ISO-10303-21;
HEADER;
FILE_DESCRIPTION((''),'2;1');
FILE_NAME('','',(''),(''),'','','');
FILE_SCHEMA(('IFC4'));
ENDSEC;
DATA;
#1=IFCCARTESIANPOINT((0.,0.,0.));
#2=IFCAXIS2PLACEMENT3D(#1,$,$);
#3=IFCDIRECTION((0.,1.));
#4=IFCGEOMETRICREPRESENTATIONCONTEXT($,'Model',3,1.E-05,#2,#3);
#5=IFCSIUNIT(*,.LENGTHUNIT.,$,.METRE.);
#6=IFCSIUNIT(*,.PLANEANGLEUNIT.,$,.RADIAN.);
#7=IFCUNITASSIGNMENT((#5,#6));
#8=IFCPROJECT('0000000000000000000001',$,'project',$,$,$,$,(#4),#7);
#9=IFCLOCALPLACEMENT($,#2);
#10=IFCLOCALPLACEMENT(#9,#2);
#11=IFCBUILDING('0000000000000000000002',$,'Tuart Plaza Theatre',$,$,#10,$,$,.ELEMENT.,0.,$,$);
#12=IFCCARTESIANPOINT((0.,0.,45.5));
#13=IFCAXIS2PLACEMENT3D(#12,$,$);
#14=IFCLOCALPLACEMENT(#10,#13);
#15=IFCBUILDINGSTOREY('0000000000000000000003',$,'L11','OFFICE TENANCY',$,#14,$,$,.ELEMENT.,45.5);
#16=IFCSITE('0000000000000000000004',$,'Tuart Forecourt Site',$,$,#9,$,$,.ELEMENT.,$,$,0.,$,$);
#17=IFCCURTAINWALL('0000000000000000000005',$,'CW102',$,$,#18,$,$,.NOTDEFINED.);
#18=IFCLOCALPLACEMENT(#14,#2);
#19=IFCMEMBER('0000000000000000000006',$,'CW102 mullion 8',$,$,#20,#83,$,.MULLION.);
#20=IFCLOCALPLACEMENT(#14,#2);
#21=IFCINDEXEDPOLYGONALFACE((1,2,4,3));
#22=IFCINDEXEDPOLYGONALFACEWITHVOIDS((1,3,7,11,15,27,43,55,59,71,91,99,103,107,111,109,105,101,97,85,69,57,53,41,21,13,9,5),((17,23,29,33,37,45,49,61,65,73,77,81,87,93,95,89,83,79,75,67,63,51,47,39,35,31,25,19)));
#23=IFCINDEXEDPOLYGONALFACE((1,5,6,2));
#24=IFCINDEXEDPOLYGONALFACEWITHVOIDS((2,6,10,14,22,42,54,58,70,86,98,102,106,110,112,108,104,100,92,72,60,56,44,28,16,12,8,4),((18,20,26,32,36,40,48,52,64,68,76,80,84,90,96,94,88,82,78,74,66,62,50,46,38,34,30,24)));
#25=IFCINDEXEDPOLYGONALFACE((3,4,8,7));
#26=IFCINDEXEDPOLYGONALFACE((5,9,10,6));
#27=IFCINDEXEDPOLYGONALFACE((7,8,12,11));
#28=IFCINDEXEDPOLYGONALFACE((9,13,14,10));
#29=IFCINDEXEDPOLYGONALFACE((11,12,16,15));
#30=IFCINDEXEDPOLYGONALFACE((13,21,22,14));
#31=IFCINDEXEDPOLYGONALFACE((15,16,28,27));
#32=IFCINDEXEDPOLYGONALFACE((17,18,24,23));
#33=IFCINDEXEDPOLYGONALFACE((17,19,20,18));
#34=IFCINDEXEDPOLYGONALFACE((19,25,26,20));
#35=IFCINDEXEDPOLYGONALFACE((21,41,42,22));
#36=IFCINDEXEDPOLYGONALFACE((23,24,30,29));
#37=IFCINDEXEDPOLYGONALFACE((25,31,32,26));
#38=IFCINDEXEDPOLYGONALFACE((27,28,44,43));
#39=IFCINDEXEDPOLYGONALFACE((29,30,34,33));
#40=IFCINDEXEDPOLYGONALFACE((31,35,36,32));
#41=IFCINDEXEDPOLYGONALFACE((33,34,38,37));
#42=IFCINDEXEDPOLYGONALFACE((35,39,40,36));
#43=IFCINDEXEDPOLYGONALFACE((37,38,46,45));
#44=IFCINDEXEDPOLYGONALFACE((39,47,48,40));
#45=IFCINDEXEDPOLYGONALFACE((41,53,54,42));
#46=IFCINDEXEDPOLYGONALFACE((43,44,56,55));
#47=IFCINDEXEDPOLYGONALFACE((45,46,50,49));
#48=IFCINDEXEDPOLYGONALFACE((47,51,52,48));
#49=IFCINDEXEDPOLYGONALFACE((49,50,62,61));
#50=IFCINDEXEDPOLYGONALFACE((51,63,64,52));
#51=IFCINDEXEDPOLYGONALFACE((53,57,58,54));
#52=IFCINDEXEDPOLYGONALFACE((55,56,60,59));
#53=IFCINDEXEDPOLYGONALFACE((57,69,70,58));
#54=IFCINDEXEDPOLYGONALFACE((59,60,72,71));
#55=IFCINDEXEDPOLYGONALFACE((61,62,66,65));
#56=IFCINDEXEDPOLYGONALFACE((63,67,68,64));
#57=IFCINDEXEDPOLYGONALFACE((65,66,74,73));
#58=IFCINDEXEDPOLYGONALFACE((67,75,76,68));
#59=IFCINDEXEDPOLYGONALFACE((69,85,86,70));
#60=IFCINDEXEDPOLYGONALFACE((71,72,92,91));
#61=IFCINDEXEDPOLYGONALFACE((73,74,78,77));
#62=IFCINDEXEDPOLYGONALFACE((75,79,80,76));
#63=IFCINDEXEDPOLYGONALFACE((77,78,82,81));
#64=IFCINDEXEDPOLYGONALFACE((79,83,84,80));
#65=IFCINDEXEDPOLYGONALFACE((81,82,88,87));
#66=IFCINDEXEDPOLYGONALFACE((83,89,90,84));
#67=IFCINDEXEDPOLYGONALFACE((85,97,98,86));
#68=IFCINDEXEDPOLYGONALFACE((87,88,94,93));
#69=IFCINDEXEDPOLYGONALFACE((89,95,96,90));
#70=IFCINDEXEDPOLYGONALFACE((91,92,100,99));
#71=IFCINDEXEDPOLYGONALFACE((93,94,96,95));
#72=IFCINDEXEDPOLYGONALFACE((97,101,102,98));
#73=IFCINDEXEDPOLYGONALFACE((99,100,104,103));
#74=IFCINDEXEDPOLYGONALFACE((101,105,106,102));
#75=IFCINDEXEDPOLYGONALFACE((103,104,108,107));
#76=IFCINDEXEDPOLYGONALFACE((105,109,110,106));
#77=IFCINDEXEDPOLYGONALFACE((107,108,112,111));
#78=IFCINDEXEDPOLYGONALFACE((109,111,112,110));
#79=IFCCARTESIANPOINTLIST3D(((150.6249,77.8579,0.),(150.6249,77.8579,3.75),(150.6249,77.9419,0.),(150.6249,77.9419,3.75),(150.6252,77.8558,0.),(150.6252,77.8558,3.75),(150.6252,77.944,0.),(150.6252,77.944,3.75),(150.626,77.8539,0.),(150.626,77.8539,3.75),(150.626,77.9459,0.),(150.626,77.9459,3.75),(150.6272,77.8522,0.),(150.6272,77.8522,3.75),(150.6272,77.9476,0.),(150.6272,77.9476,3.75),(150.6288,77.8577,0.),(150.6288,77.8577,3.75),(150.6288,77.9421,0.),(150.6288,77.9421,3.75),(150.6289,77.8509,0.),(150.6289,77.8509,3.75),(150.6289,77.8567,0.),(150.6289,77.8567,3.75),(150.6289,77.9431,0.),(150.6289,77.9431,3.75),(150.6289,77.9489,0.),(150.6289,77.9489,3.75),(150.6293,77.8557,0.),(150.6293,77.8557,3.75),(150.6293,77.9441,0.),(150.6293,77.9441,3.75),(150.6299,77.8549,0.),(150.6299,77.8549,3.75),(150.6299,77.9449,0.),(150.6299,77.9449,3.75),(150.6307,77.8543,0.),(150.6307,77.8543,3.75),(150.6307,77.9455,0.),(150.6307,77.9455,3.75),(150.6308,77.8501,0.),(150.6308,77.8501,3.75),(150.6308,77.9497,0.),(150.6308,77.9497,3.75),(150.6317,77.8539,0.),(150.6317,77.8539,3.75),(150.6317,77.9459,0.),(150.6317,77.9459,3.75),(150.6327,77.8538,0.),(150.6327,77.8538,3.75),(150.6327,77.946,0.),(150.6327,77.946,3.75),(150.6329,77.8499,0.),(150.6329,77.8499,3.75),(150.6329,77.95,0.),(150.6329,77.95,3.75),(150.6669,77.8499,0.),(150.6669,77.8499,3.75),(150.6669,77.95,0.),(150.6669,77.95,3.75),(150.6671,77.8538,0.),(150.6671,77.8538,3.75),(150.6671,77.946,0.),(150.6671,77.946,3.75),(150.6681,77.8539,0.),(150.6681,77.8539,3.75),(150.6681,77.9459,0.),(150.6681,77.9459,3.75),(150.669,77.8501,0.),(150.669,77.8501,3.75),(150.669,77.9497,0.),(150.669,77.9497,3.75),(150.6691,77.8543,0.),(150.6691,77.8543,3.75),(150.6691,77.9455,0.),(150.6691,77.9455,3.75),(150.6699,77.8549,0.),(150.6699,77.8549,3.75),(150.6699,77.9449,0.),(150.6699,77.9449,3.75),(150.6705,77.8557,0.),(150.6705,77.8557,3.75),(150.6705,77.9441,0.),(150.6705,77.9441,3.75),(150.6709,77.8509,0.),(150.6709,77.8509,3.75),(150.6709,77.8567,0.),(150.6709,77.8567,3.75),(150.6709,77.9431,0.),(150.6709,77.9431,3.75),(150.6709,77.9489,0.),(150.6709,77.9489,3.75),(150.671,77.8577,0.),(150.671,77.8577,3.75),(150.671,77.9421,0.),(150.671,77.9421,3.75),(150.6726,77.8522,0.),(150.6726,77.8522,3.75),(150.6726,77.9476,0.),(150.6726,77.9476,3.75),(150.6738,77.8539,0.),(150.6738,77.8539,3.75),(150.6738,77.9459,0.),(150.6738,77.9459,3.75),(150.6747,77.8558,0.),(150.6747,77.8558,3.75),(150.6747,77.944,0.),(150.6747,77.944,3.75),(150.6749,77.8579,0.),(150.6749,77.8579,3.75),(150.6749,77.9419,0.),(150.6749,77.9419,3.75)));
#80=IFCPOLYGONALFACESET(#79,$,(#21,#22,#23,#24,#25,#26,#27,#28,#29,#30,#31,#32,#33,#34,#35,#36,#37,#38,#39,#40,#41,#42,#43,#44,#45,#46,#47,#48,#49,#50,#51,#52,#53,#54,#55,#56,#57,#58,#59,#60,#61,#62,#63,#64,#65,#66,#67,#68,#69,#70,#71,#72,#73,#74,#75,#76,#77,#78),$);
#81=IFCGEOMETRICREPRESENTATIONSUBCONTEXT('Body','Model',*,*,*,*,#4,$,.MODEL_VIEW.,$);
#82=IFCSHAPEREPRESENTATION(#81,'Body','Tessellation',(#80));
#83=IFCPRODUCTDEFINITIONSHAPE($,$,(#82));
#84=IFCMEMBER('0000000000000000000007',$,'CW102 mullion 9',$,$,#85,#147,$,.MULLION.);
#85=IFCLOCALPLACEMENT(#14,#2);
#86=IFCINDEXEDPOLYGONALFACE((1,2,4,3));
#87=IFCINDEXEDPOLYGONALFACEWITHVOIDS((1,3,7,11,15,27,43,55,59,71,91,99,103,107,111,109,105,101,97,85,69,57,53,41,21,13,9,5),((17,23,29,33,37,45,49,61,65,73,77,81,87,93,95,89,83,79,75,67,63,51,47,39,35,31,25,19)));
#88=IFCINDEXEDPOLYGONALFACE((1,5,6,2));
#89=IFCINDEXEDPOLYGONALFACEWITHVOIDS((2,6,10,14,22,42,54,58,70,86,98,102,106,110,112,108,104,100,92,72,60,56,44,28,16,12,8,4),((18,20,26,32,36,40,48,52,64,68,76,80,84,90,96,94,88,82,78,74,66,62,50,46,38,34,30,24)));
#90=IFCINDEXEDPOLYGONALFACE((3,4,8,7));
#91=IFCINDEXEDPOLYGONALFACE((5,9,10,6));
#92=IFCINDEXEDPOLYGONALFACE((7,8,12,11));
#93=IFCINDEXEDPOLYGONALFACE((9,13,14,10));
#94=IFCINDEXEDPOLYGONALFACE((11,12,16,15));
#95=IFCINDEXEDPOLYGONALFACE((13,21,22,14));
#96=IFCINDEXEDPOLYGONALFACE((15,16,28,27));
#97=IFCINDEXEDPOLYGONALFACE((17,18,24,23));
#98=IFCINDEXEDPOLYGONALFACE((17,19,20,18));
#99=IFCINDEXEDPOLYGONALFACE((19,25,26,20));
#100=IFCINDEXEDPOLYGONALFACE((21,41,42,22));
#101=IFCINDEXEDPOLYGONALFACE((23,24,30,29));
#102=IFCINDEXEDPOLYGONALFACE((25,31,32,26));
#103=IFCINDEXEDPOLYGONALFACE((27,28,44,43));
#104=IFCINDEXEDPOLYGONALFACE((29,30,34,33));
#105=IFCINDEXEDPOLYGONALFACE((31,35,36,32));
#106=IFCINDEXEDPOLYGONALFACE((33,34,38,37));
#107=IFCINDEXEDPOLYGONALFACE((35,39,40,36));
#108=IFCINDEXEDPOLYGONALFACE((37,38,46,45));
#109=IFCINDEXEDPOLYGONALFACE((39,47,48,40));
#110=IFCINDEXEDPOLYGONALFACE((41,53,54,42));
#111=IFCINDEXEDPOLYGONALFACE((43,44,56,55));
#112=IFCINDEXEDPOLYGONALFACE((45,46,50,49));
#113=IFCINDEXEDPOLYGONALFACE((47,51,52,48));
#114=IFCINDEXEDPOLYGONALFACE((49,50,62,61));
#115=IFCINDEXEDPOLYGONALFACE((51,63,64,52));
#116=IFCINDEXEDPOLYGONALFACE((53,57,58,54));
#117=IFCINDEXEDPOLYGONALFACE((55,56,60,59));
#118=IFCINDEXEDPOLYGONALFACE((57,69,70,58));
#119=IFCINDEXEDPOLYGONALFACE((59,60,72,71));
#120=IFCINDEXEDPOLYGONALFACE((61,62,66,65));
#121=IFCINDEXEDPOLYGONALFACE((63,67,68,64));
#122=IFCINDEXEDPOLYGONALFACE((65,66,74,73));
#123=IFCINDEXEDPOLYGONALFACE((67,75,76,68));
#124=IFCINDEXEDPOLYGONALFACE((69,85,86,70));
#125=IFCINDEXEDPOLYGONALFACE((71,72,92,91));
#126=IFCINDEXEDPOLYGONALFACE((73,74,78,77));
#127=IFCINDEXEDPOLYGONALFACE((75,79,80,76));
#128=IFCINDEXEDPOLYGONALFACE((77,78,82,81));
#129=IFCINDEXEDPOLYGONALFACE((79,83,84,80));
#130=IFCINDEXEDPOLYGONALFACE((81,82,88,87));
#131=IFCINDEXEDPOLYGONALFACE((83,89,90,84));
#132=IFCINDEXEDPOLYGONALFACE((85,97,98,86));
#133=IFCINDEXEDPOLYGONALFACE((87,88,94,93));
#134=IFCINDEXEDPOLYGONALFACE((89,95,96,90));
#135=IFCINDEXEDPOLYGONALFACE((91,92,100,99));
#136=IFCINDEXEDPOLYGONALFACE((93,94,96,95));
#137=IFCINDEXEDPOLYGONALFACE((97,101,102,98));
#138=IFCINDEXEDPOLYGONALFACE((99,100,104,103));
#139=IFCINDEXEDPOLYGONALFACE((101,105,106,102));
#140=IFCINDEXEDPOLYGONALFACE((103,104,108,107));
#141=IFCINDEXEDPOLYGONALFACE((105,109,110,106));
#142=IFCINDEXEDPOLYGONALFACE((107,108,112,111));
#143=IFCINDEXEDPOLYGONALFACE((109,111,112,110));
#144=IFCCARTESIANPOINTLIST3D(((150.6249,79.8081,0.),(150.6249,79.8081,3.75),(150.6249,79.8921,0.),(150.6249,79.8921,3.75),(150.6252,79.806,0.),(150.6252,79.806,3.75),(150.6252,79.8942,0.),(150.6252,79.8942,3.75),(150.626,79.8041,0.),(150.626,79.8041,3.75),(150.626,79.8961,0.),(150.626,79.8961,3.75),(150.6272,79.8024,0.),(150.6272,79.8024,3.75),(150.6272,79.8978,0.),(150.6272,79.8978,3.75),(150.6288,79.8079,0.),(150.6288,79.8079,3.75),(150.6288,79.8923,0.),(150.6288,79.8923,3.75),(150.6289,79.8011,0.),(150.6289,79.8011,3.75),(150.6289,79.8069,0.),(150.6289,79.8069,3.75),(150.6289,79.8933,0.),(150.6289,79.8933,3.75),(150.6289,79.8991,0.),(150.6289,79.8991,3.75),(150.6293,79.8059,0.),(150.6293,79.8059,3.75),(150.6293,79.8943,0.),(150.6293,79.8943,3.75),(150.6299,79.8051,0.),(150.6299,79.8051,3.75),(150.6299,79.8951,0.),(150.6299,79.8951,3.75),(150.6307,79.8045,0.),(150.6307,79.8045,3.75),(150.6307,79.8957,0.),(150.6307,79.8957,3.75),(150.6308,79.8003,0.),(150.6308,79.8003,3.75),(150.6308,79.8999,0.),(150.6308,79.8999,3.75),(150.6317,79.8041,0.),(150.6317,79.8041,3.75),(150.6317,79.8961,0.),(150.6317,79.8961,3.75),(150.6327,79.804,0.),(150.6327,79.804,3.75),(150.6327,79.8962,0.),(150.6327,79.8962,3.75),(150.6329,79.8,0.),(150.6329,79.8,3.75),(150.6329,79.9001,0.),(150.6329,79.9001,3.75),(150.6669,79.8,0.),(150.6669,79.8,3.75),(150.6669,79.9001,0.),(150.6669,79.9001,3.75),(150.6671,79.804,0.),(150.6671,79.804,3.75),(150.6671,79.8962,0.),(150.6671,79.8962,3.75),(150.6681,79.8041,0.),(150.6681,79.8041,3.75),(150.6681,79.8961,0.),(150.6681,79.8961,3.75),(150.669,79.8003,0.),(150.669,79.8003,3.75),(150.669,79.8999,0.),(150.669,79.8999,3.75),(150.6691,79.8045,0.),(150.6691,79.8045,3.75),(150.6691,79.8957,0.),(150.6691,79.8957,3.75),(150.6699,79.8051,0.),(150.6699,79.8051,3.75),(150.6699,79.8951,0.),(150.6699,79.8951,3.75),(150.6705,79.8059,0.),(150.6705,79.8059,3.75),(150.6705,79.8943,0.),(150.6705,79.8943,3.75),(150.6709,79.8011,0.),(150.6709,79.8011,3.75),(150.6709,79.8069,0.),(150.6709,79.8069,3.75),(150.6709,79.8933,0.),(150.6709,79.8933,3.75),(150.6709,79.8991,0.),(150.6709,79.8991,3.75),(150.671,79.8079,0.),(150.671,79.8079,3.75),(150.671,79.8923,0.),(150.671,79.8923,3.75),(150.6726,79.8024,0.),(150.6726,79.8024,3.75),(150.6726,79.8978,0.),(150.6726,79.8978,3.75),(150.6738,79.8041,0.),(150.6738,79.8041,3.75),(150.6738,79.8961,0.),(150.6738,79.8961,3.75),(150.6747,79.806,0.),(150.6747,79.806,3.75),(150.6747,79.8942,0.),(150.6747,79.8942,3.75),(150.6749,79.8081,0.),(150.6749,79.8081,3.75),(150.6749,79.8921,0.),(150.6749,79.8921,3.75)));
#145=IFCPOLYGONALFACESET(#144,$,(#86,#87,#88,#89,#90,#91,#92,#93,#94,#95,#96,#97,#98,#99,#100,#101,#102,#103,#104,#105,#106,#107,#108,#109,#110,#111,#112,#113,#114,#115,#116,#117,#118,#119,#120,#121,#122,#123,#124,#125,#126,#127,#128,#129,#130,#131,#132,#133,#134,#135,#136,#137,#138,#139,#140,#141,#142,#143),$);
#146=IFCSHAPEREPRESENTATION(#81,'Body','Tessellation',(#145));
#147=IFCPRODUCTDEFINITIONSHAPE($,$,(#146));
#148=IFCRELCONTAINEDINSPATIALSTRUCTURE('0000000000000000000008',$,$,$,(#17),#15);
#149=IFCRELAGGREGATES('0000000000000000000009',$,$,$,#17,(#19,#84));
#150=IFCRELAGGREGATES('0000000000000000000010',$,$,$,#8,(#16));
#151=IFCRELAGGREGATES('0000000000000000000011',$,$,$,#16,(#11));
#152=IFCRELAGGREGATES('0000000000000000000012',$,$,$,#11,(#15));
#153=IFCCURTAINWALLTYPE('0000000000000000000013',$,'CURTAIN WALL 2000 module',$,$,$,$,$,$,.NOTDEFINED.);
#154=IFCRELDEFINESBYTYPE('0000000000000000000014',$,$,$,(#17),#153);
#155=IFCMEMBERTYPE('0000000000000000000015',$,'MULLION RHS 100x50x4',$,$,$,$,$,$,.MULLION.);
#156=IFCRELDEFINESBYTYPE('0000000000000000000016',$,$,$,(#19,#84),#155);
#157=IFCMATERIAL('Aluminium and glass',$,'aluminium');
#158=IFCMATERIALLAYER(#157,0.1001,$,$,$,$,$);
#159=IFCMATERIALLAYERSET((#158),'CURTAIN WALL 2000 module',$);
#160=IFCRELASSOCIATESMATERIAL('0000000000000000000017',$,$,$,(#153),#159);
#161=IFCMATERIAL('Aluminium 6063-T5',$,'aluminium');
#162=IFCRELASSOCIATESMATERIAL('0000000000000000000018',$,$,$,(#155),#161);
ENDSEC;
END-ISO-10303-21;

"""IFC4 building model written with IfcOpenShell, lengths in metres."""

from ifc_helpers import new_model, si_unit, direction, frame, origin, origin_2d, place, context, subcontext, project, spatial, hollow_rectangle, extrude, material, layer, layer_set, material_profile, profile_set, type_object, element, aggregate, save


model = new_model("IFC4")

# Units and contexts
model_context = context("Model", 3, precision=1e-05, world=origin(), true_north=direction((0.0, 1.0)))
body_context = subcontext(model_context, "Body", "Model", "MODEL_VIEW")
ifc_project = project(units=[si_unit("LENGTHUNIT", "METRE"), si_unit("PLANEANGLEUNIT", "RADIAN")], contexts=[model_context])

# Site, building, storey
site_placement = place(None, origin())
site = spatial("IfcSite", under=ifc_project, at=site_placement, Name="Tuart Forecourt Site", CompositionType="ELEMENT", RefElevation=0.0)
building_placement = place(site_placement, origin())
building = spatial("IfcBuilding", under=site, at=building_placement, Name="Tuart Plaza Theatre", CompositionType="ELEMENT", ElevationOfRefHeight=0.0)
storey_placement = place(building_placement, frame((0.0, 0.0, 45.5)))
storey = spatial("IfcBuildingStorey", under=building, at=storey_placement, Name="L11", Description="OFFICE TENANCY", CompositionType="ELEMENT", Elevation=45.5)

# Curtain wall, members
ifc_material_1 = material(Name="Aluminium and glass", Category="aluminium")
ifc_layer_1 = layer(ifc_material_1, 0.1001)
ifc_layer_set_1 = layer_set([ifc_layer_1], Name="CURTAIN WALL 2000 module")
curtain_wall_type = type_object("IfcCurtainWallType", Name="CURTAIN WALL 2000 module", PredefinedType="NOTDEFINED", material=ifc_layer_set_1)
curtain_wall_placement = place(storey_placement, origin())
curtain_wall = element("IfcCurtainWall", 1, at=curtain_wall_placement, inside=storey, type_object=curtain_wall_type, Name="CW102", PredefinedType="NOTDEFINED")
ifc_material_2 = material(Name="Aluminium 6063-T5", Category="aluminium")
ifc_material_profile_1 = material_profile(ifc_material_2, hollow_rectangle(XDim=0.05, YDim=0.1001, WallThickness=0.0039, InnerFilletRadius=0.0039, OuterFilletRadius=0.0081, at=origin_2d()), Name="RHS 100x50x4")
ifc_profile_set_1 = profile_set([ifc_material_profile_1], Name="Aluminium 6063-T5")
member_type_1 = type_object("IfcMemberType", Name="MULLION RHS 100x50x4", PredefinedType="MULLION", material=ifc_profile_set_1)
member_1_placement = place(storey_placement, frame((150.6499, 77.8999, 0.0), z_axis=(0.0, 0.0, 1.0), x_axis=(-1.0, 0.0, 0.0)))
member_1 = element("IfcMember", 2, at=member_1_placement, type_object=member_type_1, Name="CW102 mullion 8", PredefinedType="MULLION", context=body_context, shape_type="SweptSolid", body=[
    extrude(hollow_rectangle(XDim=0.05, YDim=0.1001, WallThickness=0.0039, InnerFilletRadius=0.0039, OuterFilletRadius=0.0081, at=origin_2d()), origin(), (0.0, 0.0, 1.0), 3.75),
])
member_2_placement = place(storey_placement, frame((150.6499, 79.8501, 0.0), z_axis=(0.0, 0.0, 1.0), x_axis=(-1.0, 0.0, 0.0)))
member_2 = element("IfcMember", 3, at=member_2_placement, type_object=member_type_1, Name="CW102 mullion 9", PredefinedType="MULLION", context=body_context, shape_type="SweptSolid", body=[
    extrude(hollow_rectangle(XDim=0.05, YDim=0.1001, WallThickness=0.0039, InnerFilletRadius=0.0039, OuterFilletRadius=0.0081, at=origin_2d()), origin(), (0.0, 0.0, 1.0), 3.75),
])
aggregate(curtain_wall, [member_1, member_2])

save(model, "model.ifc")
